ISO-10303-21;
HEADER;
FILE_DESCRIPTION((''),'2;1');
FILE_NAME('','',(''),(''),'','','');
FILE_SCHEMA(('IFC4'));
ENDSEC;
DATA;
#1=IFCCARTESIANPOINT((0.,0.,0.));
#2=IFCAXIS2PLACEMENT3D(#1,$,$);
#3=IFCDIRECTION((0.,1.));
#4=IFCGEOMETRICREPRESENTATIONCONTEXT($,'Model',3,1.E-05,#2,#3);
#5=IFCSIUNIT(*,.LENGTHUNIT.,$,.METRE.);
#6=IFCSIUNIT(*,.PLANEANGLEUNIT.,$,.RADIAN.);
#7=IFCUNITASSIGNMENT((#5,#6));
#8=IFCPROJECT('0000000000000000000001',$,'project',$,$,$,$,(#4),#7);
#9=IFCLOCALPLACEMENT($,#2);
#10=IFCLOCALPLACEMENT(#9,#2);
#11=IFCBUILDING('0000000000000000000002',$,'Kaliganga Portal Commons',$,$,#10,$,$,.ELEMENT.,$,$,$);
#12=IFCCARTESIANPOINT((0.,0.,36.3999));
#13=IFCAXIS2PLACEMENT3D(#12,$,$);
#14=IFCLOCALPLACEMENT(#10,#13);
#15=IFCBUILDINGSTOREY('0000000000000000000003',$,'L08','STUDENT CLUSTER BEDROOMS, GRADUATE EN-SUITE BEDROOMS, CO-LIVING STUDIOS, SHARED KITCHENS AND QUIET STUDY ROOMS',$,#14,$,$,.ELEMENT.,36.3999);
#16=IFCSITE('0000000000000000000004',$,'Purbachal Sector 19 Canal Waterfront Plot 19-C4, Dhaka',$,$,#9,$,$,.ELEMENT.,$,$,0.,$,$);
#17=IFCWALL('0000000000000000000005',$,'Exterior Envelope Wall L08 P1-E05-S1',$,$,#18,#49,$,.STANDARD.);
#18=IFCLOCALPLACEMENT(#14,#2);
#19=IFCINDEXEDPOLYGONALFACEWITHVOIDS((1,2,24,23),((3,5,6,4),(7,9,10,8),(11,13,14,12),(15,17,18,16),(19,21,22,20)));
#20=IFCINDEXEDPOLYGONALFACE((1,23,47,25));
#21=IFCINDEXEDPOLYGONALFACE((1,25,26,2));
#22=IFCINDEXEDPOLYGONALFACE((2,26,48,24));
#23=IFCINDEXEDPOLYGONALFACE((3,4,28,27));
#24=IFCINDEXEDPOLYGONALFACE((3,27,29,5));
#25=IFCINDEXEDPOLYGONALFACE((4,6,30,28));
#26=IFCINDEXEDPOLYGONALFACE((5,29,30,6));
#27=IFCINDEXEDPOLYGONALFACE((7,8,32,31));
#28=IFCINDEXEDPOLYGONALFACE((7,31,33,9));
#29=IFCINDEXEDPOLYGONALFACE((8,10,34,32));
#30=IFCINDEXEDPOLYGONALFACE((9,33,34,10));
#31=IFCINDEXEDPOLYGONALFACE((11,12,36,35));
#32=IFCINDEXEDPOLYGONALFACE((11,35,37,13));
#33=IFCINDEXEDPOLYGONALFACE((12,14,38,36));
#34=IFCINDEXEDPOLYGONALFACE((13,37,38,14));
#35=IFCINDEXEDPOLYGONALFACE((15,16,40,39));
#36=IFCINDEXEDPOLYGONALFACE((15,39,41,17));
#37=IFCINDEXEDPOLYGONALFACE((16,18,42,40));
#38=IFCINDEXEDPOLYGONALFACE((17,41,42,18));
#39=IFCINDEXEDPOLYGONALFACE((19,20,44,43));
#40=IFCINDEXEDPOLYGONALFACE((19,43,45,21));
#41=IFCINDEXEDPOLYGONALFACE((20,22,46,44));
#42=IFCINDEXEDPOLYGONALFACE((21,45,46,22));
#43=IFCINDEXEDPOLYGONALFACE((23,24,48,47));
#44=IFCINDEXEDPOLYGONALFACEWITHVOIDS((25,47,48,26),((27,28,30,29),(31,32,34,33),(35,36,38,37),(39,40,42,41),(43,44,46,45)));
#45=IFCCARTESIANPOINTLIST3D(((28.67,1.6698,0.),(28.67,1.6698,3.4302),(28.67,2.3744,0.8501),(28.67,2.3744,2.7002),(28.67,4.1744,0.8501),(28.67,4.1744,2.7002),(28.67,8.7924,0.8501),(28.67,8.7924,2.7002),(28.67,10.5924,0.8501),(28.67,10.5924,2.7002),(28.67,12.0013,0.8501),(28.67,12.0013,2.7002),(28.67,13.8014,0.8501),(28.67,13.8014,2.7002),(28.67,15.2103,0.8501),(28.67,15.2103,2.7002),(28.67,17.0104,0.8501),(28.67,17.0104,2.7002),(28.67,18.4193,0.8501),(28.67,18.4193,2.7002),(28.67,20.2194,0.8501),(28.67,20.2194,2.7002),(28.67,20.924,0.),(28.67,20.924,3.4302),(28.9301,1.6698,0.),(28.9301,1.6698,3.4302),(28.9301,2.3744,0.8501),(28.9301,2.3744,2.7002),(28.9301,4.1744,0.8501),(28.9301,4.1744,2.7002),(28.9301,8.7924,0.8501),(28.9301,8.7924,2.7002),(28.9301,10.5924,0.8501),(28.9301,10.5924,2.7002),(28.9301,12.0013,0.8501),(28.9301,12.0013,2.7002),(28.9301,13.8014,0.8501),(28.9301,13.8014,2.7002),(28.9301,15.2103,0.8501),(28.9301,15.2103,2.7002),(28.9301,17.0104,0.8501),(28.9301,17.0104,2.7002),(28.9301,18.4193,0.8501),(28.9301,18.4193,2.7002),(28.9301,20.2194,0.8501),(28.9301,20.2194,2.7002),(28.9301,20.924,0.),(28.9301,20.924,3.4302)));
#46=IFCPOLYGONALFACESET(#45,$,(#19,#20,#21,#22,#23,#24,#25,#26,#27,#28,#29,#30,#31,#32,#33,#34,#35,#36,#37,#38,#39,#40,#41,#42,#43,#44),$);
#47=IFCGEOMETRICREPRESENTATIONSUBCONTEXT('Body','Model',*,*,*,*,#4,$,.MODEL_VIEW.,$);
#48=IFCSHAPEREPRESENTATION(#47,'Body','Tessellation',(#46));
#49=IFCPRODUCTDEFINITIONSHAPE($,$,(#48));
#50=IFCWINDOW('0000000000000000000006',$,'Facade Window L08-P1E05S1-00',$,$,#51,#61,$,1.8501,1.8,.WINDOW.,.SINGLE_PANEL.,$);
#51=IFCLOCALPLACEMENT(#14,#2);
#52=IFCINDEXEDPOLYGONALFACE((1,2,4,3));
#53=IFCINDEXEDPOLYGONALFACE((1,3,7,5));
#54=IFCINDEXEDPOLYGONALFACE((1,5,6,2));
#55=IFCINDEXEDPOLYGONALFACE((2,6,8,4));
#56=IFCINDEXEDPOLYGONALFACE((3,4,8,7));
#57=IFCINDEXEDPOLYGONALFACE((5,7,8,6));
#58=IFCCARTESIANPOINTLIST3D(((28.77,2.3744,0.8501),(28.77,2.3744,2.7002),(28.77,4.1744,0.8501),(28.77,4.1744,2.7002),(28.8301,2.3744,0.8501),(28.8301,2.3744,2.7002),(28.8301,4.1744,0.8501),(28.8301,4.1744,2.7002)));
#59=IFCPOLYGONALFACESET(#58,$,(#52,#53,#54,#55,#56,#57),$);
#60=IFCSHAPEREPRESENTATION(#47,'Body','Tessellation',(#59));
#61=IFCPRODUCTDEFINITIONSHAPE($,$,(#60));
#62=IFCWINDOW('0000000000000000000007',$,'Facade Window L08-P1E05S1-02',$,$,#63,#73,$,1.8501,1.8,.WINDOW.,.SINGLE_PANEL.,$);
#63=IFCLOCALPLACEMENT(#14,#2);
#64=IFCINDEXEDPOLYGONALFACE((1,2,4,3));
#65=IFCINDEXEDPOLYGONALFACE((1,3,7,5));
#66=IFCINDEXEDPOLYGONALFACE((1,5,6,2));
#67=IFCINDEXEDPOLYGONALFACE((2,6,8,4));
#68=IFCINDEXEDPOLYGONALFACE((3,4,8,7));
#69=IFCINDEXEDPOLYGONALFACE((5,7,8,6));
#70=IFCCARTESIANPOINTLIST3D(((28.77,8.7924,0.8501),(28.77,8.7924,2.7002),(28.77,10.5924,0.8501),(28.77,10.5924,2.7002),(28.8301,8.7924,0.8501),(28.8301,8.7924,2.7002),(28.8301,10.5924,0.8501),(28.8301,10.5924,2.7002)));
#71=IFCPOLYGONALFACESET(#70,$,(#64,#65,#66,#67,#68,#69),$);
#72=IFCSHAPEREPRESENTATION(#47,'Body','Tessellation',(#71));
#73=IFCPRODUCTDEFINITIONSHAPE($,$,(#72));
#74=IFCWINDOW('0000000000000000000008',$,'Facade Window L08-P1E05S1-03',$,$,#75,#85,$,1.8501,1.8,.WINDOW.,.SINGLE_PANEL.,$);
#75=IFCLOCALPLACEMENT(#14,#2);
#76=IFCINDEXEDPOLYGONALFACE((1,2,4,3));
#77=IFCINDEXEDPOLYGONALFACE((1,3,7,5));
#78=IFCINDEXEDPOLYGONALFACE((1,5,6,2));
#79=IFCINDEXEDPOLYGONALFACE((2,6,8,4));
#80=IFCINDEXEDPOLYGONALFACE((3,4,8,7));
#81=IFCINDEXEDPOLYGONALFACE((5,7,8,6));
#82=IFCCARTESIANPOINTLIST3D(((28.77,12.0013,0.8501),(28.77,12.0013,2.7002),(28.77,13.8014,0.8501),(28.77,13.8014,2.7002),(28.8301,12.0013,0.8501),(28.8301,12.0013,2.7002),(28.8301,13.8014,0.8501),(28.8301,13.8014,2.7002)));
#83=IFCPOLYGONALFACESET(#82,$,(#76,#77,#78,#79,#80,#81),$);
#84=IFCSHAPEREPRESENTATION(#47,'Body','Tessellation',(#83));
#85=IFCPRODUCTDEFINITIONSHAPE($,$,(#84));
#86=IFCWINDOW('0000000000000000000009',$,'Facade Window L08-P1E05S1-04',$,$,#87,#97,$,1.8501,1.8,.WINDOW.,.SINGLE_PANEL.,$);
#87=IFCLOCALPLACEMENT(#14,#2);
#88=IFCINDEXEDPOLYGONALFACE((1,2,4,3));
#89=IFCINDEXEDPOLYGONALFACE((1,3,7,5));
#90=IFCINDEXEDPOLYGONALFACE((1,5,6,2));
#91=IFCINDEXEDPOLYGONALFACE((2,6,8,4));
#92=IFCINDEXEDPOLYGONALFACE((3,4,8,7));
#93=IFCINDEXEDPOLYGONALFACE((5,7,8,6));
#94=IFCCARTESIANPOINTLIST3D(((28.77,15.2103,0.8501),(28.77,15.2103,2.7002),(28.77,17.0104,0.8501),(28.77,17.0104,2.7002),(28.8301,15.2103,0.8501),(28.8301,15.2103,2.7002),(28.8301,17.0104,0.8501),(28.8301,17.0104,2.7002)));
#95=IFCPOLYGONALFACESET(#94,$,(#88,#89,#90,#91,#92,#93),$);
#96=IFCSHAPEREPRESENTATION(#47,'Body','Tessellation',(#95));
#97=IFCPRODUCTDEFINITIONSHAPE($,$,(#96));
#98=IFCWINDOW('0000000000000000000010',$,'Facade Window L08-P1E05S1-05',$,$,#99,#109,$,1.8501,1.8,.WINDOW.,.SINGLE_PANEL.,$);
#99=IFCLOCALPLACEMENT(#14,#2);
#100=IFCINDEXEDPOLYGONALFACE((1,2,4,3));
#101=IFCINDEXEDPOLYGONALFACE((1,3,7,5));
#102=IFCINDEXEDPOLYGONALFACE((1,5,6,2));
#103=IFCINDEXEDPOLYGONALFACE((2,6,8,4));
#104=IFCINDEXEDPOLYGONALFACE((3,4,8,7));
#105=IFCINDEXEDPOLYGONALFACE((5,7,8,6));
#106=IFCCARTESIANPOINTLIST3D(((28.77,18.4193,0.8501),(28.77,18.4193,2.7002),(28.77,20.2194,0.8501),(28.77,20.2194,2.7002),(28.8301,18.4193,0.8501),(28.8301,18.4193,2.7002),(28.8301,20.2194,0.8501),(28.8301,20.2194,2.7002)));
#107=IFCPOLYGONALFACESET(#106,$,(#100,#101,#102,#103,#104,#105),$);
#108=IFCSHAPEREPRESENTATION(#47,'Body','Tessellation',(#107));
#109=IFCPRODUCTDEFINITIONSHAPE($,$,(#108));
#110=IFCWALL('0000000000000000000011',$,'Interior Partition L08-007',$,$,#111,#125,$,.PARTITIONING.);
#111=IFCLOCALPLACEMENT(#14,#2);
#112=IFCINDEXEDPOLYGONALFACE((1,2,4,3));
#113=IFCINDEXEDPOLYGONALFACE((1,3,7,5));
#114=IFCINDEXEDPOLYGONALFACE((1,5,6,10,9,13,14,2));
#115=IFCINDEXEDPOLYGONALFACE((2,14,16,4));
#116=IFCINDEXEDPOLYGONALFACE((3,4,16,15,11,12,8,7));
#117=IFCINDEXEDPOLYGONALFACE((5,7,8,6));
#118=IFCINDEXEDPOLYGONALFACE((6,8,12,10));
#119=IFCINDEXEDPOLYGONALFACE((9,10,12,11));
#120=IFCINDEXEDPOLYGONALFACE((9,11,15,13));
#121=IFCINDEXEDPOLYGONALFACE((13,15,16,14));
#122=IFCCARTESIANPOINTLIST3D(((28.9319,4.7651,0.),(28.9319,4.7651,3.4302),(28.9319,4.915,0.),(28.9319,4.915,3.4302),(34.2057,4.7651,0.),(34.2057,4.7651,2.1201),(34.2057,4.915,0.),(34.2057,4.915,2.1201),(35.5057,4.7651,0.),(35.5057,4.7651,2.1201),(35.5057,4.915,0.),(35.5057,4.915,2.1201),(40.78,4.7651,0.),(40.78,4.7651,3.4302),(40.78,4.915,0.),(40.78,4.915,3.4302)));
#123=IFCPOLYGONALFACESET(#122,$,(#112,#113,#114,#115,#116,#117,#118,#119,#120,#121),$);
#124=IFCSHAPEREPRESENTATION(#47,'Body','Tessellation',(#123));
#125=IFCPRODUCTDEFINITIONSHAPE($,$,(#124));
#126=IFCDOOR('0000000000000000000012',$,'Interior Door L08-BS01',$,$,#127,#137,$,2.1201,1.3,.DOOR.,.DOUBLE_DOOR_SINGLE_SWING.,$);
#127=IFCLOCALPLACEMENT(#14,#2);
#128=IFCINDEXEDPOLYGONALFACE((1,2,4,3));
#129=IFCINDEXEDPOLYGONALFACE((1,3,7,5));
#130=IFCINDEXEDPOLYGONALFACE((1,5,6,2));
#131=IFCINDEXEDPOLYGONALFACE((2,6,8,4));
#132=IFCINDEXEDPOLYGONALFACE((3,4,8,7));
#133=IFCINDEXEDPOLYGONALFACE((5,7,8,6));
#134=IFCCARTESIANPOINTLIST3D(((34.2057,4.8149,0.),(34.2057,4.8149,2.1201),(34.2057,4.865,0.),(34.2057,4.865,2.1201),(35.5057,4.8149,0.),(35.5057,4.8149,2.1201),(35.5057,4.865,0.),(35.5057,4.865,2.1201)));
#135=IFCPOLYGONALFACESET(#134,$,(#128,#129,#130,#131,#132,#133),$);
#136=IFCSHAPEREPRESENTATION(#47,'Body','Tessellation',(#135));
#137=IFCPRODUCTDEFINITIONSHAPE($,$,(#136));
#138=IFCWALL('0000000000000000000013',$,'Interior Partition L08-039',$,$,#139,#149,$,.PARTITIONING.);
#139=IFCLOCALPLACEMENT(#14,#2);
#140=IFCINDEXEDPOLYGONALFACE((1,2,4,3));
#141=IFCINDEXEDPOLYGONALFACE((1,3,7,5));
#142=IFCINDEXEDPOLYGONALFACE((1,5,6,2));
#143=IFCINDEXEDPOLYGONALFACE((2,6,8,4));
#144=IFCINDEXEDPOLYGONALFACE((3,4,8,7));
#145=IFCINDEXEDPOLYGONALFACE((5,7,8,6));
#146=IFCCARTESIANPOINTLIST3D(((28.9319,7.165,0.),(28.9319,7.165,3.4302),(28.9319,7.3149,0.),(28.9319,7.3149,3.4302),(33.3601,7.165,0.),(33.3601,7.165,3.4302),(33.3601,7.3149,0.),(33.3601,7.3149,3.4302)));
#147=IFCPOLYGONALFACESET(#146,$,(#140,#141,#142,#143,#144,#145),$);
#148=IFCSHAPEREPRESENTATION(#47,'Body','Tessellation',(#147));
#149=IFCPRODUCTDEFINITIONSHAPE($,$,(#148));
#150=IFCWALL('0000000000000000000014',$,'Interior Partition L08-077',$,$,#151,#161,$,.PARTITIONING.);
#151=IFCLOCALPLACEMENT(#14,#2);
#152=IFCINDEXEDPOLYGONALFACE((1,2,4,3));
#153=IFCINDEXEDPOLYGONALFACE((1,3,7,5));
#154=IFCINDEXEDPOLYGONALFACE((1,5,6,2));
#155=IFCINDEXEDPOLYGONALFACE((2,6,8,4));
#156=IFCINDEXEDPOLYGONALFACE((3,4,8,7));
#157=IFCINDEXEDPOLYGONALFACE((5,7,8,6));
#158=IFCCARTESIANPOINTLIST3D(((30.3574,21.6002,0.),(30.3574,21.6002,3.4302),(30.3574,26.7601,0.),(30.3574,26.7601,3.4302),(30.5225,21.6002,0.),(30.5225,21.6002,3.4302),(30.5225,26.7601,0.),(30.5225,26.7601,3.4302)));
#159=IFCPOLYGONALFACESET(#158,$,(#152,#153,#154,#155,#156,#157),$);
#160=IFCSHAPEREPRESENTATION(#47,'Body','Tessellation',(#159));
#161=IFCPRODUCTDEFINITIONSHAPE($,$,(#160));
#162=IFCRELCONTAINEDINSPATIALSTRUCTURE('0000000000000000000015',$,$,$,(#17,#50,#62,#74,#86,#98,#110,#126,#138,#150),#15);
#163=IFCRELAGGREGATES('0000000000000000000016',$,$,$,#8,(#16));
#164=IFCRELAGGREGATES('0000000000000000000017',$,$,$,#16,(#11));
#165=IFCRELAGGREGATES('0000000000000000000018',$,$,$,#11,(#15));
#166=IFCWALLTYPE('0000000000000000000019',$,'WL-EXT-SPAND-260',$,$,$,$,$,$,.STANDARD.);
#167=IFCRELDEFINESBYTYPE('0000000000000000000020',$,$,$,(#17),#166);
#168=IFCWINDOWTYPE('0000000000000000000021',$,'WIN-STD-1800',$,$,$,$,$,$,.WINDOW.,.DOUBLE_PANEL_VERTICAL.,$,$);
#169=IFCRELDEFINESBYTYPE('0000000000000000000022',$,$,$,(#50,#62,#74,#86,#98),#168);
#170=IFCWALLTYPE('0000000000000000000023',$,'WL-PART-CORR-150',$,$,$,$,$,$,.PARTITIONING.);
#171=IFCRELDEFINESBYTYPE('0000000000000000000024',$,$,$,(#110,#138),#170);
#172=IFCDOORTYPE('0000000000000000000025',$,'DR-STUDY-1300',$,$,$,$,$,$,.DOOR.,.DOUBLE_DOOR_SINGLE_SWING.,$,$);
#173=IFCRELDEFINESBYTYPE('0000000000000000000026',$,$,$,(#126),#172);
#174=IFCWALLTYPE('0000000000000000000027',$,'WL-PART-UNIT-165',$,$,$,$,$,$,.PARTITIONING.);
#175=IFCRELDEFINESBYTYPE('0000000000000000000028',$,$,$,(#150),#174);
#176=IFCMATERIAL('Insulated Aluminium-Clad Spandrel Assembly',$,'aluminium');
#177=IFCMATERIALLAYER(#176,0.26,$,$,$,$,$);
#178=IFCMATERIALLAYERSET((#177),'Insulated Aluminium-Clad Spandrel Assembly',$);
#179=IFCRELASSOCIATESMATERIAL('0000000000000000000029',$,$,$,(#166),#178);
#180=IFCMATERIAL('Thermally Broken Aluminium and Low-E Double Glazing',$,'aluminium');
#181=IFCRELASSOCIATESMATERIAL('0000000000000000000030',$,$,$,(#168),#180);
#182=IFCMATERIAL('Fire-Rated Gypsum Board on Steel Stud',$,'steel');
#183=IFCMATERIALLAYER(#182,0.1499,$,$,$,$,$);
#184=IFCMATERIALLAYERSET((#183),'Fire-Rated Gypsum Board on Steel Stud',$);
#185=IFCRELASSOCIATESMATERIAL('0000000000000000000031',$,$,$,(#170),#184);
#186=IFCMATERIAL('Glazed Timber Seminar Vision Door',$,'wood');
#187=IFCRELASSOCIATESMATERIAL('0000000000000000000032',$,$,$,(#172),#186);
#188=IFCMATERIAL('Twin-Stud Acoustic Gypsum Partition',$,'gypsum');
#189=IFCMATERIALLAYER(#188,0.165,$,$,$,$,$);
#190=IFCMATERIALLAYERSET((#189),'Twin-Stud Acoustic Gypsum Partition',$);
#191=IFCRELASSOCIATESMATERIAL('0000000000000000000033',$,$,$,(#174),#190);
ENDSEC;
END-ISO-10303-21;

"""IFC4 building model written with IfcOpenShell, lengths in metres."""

from ifc_helpers import new_model, si_unit, direction, frame, frame_2d, origin, place, context, subcontext, project, spatial, rectangle, extrude, material, layer, layer_set, type_object, element, fill, save


model = new_model("IFC4")

# Units and contexts
model_context = context("Model", 3, precision=1e-05, world=origin(), true_north=direction((0.0, 1.0)))
body_context = subcontext(model_context, "Body", "Model", "MODEL_VIEW")
ifc_project = project(units=[si_unit("LENGTHUNIT", "METRE"), si_unit("PLANEANGLEUNIT", "RADIAN")], contexts=[model_context])

# Site, building, storey
site_placement = place(None, origin())
site = spatial("IfcSite", under=ifc_project, at=site_placement, Name="Purbachal Sector 19 Canal Waterfront Plot 19-C4, Dhaka", CompositionType="ELEMENT", RefElevation=0.0)
building_placement = place(site_placement, origin())
building = spatial("IfcBuilding", under=site, at=building_placement, Name="Kaliganga Portal Commons", CompositionType="ELEMENT")
storey_placement = place(building_placement, frame((0.0, 0.0, 36.3999)))
storey = spatial("IfcBuildingStorey", under=building, at=storey_placement, Name="L08", Description="STUDENT CLUSTER BEDROOMS, GRADUATE EN-SUITE BEDROOMS, CO-LIVING STUDIOS, SHARED KITCHENS AND QUIET STUDY ROOMS", CompositionType="ELEMENT", Elevation=36.3999)

# Shared definitions
ifc_material_1 = material(Name="Insulated Aluminium-Clad Spandrel Assembly", Category="aluminium")
ifc_layer_1 = layer(ifc_material_1, 0.26)
ifc_layer_set_1 = layer_set([ifc_layer_1], Name="Insulated Aluminium-Clad Spandrel Assembly")
wall_type_1 = type_object("IfcWallType", Name="WL-EXT-SPAND-260", PredefinedType="STANDARD", material=ifc_layer_set_1)
ifc_material_2 = material(Name="Thermally Broken Aluminium and Low-E Double Glazing", Category="aluminium")

# Wall, openings, windows
wall_1_placement = place(storey_placement, frame((28.8, 1.6699, 0.0), z_axis=(0.0, 0.0, 1.0), x_axis=(0.0, 1.0, 0.0)))
wall_1 = element("IfcWall", 1, at=wall_1_placement, inside=storey, type_object=wall_type_1, Name="Exterior Envelope Wall L08 P1-E05-S1", PredefinedType="STANDARD", context=body_context, shape_type="SweptSolid", body=[
    extrude(rectangle(XDim=19.2542, YDim=0.26, at=frame_2d((9.627, 0.0))), origin(), (0.0, 0.0, 1.0), 3.4302),
])
opening_1_placement = place(wall_1_placement, frame((0.7046, 0.0, 0.8501)))
opening_1 = element("IfcOpeningElement", 2, at=opening_1_placement, cuts=wall_1, PredefinedType="OPENING", context=body_context, shape_type="SweptSolid", body=[
    extrude(rectangle(XDim=1.8, YDim=1.8501, at=frame_2d((0.8999, 0.925))), frame((0.0, 0.1401, 0.0), z_axis=(0.0, -1.0, 0.0), x_axis=(1.0, 0.0, 0.0)), (0.0, 0.0, 1.0), 0.28),
])
opening_2_placement = place(wall_1_placement, frame((7.1226, 0.0, 0.8501)))
opening_2 = element("IfcOpeningElement", 3, at=opening_2_placement, cuts=wall_1, PredefinedType="OPENING", context=body_context, shape_type="SweptSolid", body=[
    extrude(rectangle(XDim=1.8, YDim=1.8501, at=frame_2d((0.8999, 0.925))), frame((0.0, 0.1401, 0.0), z_axis=(0.0, -1.0, 0.0), x_axis=(1.0, 0.0, 0.0)), (0.0, 0.0, 1.0), 0.28),
])
opening_3_placement = place(wall_1_placement, frame((10.3315, 0.0, 0.8501)))
opening_3 = element("IfcOpeningElement", 4, at=opening_3_placement, cuts=wall_1, PredefinedType="OPENING", context=body_context, shape_type="SweptSolid", body=[
    extrude(rectangle(XDim=1.8, YDim=1.8501, at=frame_2d((0.8999, 0.925))), frame((0.0, 0.1401, 0.0), z_axis=(0.0, -1.0, 0.0), x_axis=(1.0, 0.0, 0.0)), (0.0, 0.0, 1.0), 0.28),
])
opening_4_placement = place(wall_1_placement, frame((13.5405, 0.0, 0.8501)))
opening_4 = element("IfcOpeningElement", 5, at=opening_4_placement, cuts=wall_1, PredefinedType="OPENING", context=body_context, shape_type="SweptSolid", body=[
    extrude(rectangle(XDim=1.8, YDim=1.8501, at=frame_2d((0.8999, 0.925))), frame((0.0, 0.1401, 0.0), z_axis=(0.0, -1.0, 0.0), x_axis=(1.0, 0.0, 0.0)), (0.0, 0.0, 1.0), 0.28),
])
opening_5_placement = place(wall_1_placement, frame((16.7495, 0.0, 0.8501)))
opening_5 = element("IfcOpeningElement", 6, at=opening_5_placement, cuts=wall_1, PredefinedType="OPENING", context=body_context, shape_type="SweptSolid", body=[
    extrude(rectangle(XDim=1.8, YDim=1.8501, at=frame_2d((0.8999, 0.925))), frame((0.0, 0.1401, 0.0), z_axis=(0.0, -1.0, 0.0), x_axis=(1.0, 0.0, 0.0)), (0.0, 0.0, 1.0), 0.28),
])
window_type_1 = type_object("IfcWindowType", Name="WIN-STD-1800", PartitioningType="DOUBLE_PANEL_VERTICAL", PredefinedType="WINDOW", material=ifc_material_2)
window_1_placement = place(opening_1_placement, origin())
window_1 = element("IfcWindow", 7, at=window_1_placement, inside=storey, type_object=window_type_1, Name="Facade Window L08-P1E05S1-00", OverallHeight=1.8501, OverallWidth=1.8, PartitioningType="SINGLE_PANEL", PredefinedType="WINDOW", context=body_context, shape_type="SweptSolid", body=[
    extrude(rectangle(XDim=1.8, YDim=1.8501, at=frame_2d((0.8999, 0.925))), frame((0.0, 0.03, 0.0), z_axis=(0.0, -1.0, 0.0), x_axis=(1.0, 0.0, 0.0)), (0.0, 0.0, 1.0), 0.0601),
])
fill(opening_1, window_1)
window_2_placement = place(opening_2_placement, origin())
window_2 = element("IfcWindow", 8, at=window_2_placement, inside=storey, type_object=window_type_1, Name="Facade Window L08-P1E05S1-02", OverallHeight=1.8501, OverallWidth=1.8, PartitioningType="SINGLE_PANEL", PredefinedType="WINDOW", context=body_context, shape_type="SweptSolid", body=[
    extrude(rectangle(XDim=1.8, YDim=1.8501, at=frame_2d((0.8999, 0.925))), frame((0.0, 0.03, 0.0), z_axis=(0.0, -1.0, 0.0), x_axis=(1.0, 0.0, 0.0)), (0.0, 0.0, 1.0), 0.0601),
])
fill(opening_2, window_2)
window_3_placement = place(opening_3_placement, origin())
window_3 = element("IfcWindow", 9, at=window_3_placement, inside=storey, type_object=window_type_1, Name="Facade Window L08-P1E05S1-03", OverallHeight=1.8501, OverallWidth=1.8, PartitioningType="SINGLE_PANEL", PredefinedType="WINDOW", context=body_context, shape_type="SweptSolid", body=[
    extrude(rectangle(XDim=1.8, YDim=1.8501, at=frame_2d((0.8999, 0.925))), frame((0.0, 0.03, 0.0), z_axis=(0.0, -1.0, 0.0), x_axis=(1.0, 0.0, 0.0)), (0.0, 0.0, 1.0), 0.0601),
])
fill(opening_3, window_3)
window_4_placement = place(opening_4_placement, origin())
window_4 = element("IfcWindow", 10, at=window_4_placement, inside=storey, type_object=window_type_1, Name="Facade Window L08-P1E05S1-04", OverallHeight=1.8501, OverallWidth=1.8, PartitioningType="SINGLE_PANEL", PredefinedType="WINDOW", context=body_context, shape_type="SweptSolid", body=[
    extrude(rectangle(XDim=1.8, YDim=1.8501, at=frame_2d((0.8999, 0.925))), frame((0.0, 0.03, 0.0), z_axis=(0.0, -1.0, 0.0), x_axis=(1.0, 0.0, 0.0)), (0.0, 0.0, 1.0), 0.0601),
])
fill(opening_4, window_4)
window_5_placement = place(opening_5_placement, origin())
window_5 = element("IfcWindow", 11, at=window_5_placement, inside=storey, type_object=window_type_1, Name="Facade Window L08-P1E05S1-05", OverallHeight=1.8501, OverallWidth=1.8, PartitioningType="SINGLE_PANEL", PredefinedType="WINDOW", context=body_context, shape_type="SweptSolid", body=[
    extrude(rectangle(XDim=1.8, YDim=1.8501, at=frame_2d((0.8999, 0.925))), frame((0.0, 0.03, 0.0), z_axis=(0.0, -1.0, 0.0), x_axis=(1.0, 0.0, 0.0)), (0.0, 0.0, 1.0), 0.0601),
])
fill(opening_5, window_5)

# Wall, opening, door
ifc_material_3 = material(Name="Fire-Rated Gypsum Board on Steel Stud", Category="steel")
ifc_layer_2 = layer(ifc_material_3, 0.1499)
ifc_layer_set_2 = layer_set([ifc_layer_2], Name="Fire-Rated Gypsum Board on Steel Stud")
wall_type_2 = type_object("IfcWallType", Name="WL-PART-CORR-150", PredefinedType="PARTITIONING", material=ifc_layer_set_2)
wall_2_placement = place(storey_placement, frame((28.9319, 4.8401, 0.0), z_axis=(0.0, 0.0, 1.0), x_axis=(1.0, 0.0, 0.0)))
wall_2 = element("IfcWall", 12, at=wall_2_placement, inside=storey, type_object=wall_type_2, Name="Interior Partition L08-007", PredefinedType="PARTITIONING", context=body_context, shape_type="SweptSolid", body=[
    extrude(rectangle(XDim=11.8481, YDim=0.1499, at=frame_2d((5.9241, 0.0))), origin(), (0.0, 0.0, 1.0), 3.4302),
])
opening_6_placement = place(wall_2_placement, frame((5.2739, 0.0, 0.0)))
opening_6 = element("IfcOpeningElement", 13, at=opening_6_placement, cuts=wall_2, PredefinedType="OPENING", context=body_context, shape_type="SweptSolid", body=[
    extrude(rectangle(XDim=1.3, YDim=2.1201, at=frame_2d((0.6499, 1.0601))), frame((0.0, 0.085, 0.0), z_axis=(0.0, -1.0, 0.0), x_axis=(1.0, 0.0, 0.0)), (0.0, 0.0, 1.0), 0.1699),
])
ifc_material_4 = material(Name="Glazed Timber Seminar Vision Door", Category="wood")
door_type = type_object("IfcDoorType", Name="DR-STUDY-1300", OperationType="DOUBLE_DOOR_SINGLE_SWING", PredefinedType="DOOR", material=ifc_material_4)
door_placement = place(opening_6_placement, origin())
door = element("IfcDoor", 14, at=door_placement, inside=storey, type_object=door_type, Name="Interior Door L08-BS01", OperationType="DOUBLE_DOOR_SINGLE_SWING", OverallHeight=2.1201, OverallWidth=1.3, PredefinedType="DOOR", context=body_context, shape_type="SweptSolid", body=[
    extrude(rectangle(XDim=1.3, YDim=2.1201, at=frame_2d((0.6499, 1.0601))), frame((0.0, 0.0249, 0.0), z_axis=(0.0, -1.0, 0.0), x_axis=(1.0, 0.0, 0.0)), (0.0, 0.0, 1.0), 0.05),
])
fill(opening_6, door)

# Walls
wall_3_placement = place(storey_placement, frame((28.9319, 7.24, 0.0), z_axis=(0.0, 0.0, 1.0), x_axis=(1.0, 0.0, 0.0)))
element("IfcWall", 15, at=wall_3_placement, inside=storey, type_object=wall_type_2, Name="Interior Partition L08-039", PredefinedType="PARTITIONING", context=body_context, shape_type="SweptSolid", body=[
    extrude(rectangle(XDim=4.4282, YDim=0.1499, at=frame_2d((2.2141, 0.0))), origin(), (0.0, 0.0, 1.0), 3.4302),
])
ifc_material_5 = material(Name="Twin-Stud Acoustic Gypsum Partition", Category="gypsum")
ifc_layer_3 = layer(ifc_material_5, 0.165)
ifc_layer_set_3 = layer_set([ifc_layer_3], Name="Twin-Stud Acoustic Gypsum Partition")
wall_type_3 = type_object("IfcWallType", Name="WL-PART-UNIT-165", PredefinedType="PARTITIONING", material=ifc_layer_set_3)
wall_4_placement = place(storey_placement, frame((30.4399, 21.6001, 0.0), z_axis=(0.0, 0.0, 1.0), x_axis=(0.0, 1.0, 0.0)))
element("IfcWall", 16, at=wall_4_placement, inside=storey, type_object=wall_type_3, Name="Interior Partition L08-077", PredefinedType="PARTITIONING", context=body_context, shape_type="SweptSolid", body=[
    extrude(rectangle(XDim=5.1599, YDim=0.165, at=frame_2d((2.5801, 0.0))), origin(), (0.0, 0.0, 1.0), 3.4302),
])

save(model, "model.ifc")
